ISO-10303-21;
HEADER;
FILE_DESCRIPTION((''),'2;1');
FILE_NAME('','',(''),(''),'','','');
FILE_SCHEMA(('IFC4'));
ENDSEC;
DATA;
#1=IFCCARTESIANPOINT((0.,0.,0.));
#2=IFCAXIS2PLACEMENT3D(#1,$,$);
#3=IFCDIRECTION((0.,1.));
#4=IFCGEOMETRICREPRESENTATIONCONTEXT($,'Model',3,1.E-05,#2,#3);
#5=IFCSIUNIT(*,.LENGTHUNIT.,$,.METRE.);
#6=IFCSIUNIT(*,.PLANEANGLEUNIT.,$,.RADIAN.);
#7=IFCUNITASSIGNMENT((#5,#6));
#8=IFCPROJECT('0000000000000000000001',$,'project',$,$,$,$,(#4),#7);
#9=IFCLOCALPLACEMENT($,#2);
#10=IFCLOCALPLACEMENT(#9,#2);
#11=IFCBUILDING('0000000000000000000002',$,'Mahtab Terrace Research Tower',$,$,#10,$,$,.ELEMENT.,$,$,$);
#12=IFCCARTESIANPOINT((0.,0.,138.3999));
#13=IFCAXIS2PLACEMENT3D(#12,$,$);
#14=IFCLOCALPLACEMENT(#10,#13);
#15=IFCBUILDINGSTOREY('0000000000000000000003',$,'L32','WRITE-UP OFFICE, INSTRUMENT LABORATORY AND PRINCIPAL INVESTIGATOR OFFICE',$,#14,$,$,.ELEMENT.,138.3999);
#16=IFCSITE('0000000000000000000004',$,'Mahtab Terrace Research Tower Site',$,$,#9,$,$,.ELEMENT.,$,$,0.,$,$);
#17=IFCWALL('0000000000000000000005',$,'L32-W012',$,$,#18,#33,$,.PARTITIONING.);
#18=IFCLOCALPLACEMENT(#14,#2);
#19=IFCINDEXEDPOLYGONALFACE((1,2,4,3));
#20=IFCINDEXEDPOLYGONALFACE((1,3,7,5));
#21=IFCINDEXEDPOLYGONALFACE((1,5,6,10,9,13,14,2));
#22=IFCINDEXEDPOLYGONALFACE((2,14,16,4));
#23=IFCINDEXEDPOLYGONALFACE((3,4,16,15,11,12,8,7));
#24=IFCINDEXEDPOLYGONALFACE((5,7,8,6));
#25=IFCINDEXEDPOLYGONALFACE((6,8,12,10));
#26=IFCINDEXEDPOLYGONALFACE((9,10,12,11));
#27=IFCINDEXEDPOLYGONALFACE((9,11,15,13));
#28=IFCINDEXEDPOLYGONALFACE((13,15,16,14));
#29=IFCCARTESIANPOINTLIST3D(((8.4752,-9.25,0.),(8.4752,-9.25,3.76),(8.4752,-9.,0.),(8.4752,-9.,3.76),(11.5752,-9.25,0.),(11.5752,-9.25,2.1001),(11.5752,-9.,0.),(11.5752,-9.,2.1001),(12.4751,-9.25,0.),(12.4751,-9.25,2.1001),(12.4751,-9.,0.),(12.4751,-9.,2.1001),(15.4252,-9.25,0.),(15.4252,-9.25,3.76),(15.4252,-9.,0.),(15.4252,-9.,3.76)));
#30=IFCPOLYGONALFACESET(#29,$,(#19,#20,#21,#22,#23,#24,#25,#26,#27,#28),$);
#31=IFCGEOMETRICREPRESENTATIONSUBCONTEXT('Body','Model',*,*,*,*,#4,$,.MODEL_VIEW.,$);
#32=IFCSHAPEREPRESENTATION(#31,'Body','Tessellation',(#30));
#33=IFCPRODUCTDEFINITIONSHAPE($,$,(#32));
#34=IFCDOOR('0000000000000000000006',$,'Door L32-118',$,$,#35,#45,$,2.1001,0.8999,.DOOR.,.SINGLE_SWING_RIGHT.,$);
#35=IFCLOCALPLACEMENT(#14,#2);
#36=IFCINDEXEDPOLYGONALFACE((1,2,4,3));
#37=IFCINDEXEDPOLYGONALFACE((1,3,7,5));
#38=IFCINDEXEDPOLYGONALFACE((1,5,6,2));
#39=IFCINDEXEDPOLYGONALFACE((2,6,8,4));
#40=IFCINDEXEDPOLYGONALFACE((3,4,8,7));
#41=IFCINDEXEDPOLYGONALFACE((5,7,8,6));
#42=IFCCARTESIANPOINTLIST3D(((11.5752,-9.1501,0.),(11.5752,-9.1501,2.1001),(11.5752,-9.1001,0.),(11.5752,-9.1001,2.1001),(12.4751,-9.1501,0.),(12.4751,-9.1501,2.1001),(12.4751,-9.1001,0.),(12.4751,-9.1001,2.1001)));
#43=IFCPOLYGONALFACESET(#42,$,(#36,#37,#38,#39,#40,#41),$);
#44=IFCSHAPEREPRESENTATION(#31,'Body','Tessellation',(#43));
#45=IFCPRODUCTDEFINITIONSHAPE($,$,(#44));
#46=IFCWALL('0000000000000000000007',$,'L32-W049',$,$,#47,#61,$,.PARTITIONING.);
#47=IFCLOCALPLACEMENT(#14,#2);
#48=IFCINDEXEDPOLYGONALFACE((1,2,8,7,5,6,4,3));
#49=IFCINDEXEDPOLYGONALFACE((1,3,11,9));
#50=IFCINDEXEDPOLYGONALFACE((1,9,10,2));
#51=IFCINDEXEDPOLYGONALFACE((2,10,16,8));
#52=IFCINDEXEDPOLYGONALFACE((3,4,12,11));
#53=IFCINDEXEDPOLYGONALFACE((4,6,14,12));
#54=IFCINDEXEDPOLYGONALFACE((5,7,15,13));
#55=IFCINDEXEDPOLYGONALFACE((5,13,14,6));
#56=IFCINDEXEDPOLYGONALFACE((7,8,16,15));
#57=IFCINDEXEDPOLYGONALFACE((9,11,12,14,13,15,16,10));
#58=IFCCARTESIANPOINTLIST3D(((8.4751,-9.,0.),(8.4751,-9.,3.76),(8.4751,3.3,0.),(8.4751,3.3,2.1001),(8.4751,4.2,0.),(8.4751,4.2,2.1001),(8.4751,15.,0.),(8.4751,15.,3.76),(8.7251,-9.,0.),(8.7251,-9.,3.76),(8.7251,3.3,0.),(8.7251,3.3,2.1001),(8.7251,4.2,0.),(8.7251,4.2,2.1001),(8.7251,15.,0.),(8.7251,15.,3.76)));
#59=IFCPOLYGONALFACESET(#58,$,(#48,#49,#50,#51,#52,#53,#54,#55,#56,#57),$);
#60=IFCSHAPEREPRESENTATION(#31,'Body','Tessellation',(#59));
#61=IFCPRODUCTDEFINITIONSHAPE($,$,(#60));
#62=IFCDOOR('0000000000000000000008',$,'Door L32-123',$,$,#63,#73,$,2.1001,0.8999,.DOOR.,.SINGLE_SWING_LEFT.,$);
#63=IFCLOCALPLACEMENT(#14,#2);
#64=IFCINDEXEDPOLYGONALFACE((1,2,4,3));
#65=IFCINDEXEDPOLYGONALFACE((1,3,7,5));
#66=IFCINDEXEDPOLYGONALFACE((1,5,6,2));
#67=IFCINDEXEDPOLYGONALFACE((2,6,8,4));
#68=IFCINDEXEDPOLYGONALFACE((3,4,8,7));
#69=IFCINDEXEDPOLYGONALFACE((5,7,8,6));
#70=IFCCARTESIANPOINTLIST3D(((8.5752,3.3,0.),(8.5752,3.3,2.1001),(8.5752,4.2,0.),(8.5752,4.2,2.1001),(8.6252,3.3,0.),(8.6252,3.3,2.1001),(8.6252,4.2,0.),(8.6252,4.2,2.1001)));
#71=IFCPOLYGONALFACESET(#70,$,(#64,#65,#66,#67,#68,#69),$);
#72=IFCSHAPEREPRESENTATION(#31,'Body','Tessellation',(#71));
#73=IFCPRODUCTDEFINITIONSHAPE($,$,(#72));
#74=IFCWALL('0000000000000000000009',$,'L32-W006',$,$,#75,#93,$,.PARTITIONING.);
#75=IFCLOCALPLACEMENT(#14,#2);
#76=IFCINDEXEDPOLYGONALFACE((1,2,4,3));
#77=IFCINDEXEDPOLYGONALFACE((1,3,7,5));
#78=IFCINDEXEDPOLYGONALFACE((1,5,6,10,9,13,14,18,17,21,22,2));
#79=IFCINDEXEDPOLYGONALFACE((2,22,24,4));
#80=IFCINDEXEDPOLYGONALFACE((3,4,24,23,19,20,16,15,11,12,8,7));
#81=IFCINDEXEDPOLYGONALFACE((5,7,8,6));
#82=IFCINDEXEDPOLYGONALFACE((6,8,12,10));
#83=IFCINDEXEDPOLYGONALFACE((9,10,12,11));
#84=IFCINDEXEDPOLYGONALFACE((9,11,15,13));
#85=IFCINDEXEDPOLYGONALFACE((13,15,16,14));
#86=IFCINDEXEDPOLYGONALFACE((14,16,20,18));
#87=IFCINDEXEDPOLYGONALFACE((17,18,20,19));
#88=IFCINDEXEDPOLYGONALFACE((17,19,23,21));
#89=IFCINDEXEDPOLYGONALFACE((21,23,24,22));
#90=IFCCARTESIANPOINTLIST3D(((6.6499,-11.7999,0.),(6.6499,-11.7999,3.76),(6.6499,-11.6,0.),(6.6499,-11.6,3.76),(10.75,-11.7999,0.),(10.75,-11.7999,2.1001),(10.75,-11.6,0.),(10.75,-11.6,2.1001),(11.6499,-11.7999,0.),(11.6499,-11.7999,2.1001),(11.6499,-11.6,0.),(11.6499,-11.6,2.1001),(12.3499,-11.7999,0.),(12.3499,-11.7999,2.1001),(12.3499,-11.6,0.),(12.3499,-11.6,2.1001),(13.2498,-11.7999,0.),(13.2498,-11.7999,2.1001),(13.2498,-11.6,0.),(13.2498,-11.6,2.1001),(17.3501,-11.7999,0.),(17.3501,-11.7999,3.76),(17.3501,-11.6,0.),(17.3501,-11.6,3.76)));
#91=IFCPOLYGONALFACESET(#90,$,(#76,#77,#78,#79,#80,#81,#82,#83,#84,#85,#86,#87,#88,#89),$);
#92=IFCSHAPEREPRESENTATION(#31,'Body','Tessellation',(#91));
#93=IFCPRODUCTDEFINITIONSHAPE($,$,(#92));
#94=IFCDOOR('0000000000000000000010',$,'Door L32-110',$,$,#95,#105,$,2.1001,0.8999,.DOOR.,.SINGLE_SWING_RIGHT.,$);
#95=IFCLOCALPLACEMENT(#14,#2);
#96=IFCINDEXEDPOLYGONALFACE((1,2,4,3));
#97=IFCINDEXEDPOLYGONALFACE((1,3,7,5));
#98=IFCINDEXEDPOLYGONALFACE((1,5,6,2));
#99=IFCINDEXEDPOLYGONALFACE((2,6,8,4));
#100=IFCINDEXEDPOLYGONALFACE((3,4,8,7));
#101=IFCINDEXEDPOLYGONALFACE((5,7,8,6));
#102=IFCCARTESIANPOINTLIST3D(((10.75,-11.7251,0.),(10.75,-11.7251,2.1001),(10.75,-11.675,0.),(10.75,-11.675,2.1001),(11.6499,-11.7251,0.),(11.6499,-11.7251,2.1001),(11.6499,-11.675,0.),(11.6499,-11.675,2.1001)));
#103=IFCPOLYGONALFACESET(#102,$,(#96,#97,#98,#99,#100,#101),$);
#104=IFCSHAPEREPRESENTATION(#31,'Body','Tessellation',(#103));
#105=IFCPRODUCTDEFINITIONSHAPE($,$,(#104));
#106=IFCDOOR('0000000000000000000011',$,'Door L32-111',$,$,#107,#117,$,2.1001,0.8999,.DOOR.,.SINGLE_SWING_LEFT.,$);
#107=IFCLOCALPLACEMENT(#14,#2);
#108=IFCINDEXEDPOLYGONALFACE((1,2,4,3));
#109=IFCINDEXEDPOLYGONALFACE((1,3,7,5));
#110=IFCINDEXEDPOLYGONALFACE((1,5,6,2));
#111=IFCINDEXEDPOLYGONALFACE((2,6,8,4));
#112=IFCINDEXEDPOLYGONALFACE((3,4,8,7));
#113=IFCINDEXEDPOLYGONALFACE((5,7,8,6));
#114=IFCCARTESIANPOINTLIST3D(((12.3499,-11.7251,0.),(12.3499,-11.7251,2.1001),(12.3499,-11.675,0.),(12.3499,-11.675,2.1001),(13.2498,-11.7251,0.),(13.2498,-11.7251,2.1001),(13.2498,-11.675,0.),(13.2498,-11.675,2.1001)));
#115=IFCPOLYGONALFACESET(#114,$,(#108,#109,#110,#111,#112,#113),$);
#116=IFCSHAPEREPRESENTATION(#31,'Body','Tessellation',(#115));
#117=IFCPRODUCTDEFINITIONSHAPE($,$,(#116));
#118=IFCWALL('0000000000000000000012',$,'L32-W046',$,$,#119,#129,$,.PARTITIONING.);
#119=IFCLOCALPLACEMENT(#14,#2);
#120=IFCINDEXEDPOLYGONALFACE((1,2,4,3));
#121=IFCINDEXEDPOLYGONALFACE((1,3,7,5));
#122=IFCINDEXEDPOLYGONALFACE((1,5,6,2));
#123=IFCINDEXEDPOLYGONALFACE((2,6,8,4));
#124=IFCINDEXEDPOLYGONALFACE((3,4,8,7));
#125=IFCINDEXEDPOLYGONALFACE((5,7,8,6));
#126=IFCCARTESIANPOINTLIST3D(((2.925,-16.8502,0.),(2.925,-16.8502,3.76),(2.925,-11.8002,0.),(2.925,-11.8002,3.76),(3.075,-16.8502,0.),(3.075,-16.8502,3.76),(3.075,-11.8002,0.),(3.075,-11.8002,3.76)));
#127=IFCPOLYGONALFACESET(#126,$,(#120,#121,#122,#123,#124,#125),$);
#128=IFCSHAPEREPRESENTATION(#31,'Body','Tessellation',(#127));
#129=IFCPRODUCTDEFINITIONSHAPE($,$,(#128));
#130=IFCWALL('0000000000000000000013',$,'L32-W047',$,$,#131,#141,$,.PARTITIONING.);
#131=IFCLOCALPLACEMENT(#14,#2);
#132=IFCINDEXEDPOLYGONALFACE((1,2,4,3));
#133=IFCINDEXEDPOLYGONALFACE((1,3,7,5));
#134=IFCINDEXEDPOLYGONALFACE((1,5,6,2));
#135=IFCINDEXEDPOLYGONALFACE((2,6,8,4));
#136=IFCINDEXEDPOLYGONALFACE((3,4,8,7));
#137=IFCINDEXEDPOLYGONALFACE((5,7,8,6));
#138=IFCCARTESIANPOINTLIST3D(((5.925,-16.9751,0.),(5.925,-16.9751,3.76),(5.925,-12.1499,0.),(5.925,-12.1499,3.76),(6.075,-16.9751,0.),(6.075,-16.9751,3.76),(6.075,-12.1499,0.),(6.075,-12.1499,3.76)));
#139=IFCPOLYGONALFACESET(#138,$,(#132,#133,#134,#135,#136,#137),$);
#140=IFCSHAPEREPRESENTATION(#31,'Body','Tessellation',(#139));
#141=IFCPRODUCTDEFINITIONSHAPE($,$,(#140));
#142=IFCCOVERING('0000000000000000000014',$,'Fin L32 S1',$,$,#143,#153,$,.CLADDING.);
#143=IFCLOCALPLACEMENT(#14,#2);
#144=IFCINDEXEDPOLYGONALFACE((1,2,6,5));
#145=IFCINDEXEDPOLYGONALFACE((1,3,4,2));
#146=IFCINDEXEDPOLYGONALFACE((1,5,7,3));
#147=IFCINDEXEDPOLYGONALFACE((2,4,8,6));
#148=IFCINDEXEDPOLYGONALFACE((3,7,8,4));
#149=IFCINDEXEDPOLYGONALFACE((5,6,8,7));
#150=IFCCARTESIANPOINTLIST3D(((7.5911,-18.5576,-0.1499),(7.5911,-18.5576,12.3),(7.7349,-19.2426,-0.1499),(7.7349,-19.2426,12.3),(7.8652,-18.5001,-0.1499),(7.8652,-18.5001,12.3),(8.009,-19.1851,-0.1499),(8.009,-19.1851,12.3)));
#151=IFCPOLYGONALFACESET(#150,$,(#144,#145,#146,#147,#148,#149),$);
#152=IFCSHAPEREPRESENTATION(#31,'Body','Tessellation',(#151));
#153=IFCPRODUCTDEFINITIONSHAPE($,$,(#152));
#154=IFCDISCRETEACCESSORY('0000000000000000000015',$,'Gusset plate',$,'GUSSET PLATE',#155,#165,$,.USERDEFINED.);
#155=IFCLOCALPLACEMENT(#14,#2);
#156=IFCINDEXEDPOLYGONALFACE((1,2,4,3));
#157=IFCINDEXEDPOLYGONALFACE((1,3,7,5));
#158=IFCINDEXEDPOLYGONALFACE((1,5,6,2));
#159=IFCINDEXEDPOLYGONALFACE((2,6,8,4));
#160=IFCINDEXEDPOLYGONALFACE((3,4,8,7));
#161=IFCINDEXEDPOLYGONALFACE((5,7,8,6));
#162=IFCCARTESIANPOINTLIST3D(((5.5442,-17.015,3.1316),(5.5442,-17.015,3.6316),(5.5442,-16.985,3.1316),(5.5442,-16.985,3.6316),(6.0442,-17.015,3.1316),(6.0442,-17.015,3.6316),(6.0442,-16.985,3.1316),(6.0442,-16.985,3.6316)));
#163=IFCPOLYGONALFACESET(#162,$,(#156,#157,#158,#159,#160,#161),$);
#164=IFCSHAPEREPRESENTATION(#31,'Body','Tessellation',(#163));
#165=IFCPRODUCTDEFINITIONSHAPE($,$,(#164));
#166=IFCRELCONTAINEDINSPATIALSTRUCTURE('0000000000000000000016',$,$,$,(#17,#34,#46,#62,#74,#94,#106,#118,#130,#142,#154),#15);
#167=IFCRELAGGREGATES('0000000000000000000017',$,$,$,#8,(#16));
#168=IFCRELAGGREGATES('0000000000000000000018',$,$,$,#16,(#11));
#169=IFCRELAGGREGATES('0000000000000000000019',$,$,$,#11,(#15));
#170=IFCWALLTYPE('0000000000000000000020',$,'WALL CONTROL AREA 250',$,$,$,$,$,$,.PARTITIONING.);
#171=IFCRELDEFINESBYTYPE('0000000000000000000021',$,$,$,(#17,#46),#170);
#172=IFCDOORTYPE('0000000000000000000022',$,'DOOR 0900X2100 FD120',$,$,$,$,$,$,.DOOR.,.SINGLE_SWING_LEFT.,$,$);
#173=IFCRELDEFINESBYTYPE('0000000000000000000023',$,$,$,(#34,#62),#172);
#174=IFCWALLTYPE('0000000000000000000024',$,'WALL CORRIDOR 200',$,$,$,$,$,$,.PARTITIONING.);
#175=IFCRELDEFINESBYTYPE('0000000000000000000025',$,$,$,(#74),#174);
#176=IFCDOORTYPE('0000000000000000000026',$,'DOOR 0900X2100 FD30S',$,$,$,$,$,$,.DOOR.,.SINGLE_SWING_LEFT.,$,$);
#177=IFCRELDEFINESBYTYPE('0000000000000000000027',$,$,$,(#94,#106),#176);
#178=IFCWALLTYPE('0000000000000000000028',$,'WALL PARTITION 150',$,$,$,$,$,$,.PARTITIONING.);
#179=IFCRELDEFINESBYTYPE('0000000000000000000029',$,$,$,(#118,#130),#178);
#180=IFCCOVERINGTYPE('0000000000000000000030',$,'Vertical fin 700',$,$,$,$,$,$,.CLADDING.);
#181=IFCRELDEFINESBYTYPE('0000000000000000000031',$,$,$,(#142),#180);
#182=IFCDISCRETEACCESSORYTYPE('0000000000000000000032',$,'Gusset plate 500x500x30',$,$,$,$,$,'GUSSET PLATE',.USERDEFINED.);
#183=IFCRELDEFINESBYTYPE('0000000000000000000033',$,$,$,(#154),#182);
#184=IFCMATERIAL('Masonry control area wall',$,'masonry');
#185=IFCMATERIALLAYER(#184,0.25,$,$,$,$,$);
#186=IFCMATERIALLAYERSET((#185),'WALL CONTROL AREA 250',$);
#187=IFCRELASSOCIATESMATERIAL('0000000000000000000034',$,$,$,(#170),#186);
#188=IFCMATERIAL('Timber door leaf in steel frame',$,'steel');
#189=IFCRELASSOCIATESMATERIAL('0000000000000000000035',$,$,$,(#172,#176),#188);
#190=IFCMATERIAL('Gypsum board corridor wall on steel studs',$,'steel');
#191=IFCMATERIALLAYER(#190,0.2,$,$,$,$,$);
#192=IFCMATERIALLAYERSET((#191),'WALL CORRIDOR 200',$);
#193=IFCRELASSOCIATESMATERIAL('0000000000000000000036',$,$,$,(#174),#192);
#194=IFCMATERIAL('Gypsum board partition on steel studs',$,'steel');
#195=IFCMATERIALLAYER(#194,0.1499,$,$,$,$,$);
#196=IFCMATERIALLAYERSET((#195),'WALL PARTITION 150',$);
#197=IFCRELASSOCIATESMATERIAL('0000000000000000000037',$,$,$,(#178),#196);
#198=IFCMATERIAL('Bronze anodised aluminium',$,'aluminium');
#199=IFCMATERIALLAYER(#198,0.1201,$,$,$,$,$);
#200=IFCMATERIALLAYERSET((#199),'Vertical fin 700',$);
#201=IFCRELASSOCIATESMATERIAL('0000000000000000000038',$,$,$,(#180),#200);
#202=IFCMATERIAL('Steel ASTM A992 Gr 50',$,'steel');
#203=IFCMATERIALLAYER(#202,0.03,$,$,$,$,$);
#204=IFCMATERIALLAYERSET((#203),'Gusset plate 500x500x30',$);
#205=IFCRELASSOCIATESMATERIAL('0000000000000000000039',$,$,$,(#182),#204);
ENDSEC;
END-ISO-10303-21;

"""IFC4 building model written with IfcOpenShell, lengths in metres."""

from ifc_helpers import new_model, si_unit, direction, frame, frame_2d, origin, origin_2d, place, context, subcontext, project, spatial, rectangle, extrude, material, layer, layer_set, type_object, element, fill, save


model = new_model("IFC4")

# Units and contexts
model_context = context("Model", 3, precision=1e-05, world=origin(), true_north=direction((0.0, 1.0)))
body_context = subcontext(model_context, "Body", "Model", "MODEL_VIEW")
ifc_project = project(units=[si_unit("LENGTHUNIT", "METRE"), si_unit("PLANEANGLEUNIT", "RADIAN")], contexts=[model_context])

# Site, building, storey
site_placement = place(None, origin())
site = spatial("IfcSite", under=ifc_project, at=site_placement, Name="Mahtab Terrace Research Tower Site", CompositionType="ELEMENT", RefElevation=0.0)
building_placement = place(site_placement, origin())
building = spatial("IfcBuilding", under=site, at=building_placement, Name="Mahtab Terrace Research Tower", CompositionType="ELEMENT")
storey_placement = place(building_placement, frame((0.0, 0.0, 138.3999)))
storey = spatial("IfcBuildingStorey", under=building, at=storey_placement, Name="L32", Description="WRITE-UP OFFICE, INSTRUMENT LABORATORY AND PRINCIPAL INVESTIGATOR OFFICE", CompositionType="ELEMENT", Elevation=138.3999)

# Shared definitions
ifc_material_1 = material(Name="Steel ASTM A992 Gr 50", Category="steel")

# Walls, openings, doors
ifc_material_2 = material(Name="Masonry control area wall", Category="masonry")
ifc_layer_1 = layer(ifc_material_2, 0.25)
ifc_layer_set_1 = layer_set([ifc_layer_1], Name="WALL CONTROL AREA 250")
wall_type_1 = type_object("IfcWallType", Name="WALL CONTROL AREA 250", PredefinedType="PARTITIONING", material=ifc_layer_set_1)
wall_1_placement = place(storey_placement, frame((8.4751, -9.125, 0.0), z_axis=(0.0, 0.0, 1.0), x_axis=(1.0, 0.0, 0.0)))
wall_1 = element("IfcWall", 1, at=wall_1_placement, inside=storey, type_object=wall_type_1, Name="L32-W012", PredefinedType="PARTITIONING", context=body_context, shape_type="SweptSolid", body=[
    extrude(rectangle(XDim=6.95, YDim=0.25, at=frame_2d((3.4751, 0.0))), origin(), (0.0, 0.0, 1.0), 3.76),
])
opening_1_placement = place(wall_1_placement, frame((3.1001, 0.0, 0.0)))
opening_1 = element("IfcOpeningElement", 2, at=opening_1_placement, cuts=wall_1, PredefinedType="OPENING", context=body_context, shape_type="SweptSolid", body=[
    extrude(rectangle(XDim=0.8999, YDim=2.1001, at=frame_2d((0.45, 1.05))), frame((0.0, 0.135, 0.0), z_axis=(0.0, -1.0, 0.0), x_axis=(1.0, 0.0, 0.0)), (0.0, 0.0, 1.0), 0.27),
])
ifc_material_3 = material(Name="Timber door leaf in steel frame", Category="steel")
door_type_1 = type_object("IfcDoorType", Name="DOOR 0900X2100 FD120", OperationType="SINGLE_SWING_LEFT", PredefinedType="DOOR", material=ifc_material_3)
door_1_placement = place(opening_1_placement, origin())
door_1 = element("IfcDoor", 3, at=door_1_placement, inside=storey, type_object=door_type_1, Name="Door L32-118", OperationType="SINGLE_SWING_RIGHT", OverallHeight=2.1001, OverallWidth=0.8999, PredefinedType="DOOR", context=body_context, shape_type="SweptSolid", body=[
    extrude(rectangle(XDim=0.8999, YDim=2.1001, at=frame_2d((0.45, 1.05))), frame((0.0, 0.0249, 0.0), z_axis=(0.0, -1.0, 0.0), x_axis=(1.0, 0.0, 0.0)), (0.0, 0.0, 1.0), 0.05),
])
fill(opening_1, door_1)
wall_2_placement = place(storey_placement, frame((8.6001, -9.0, 0.0), z_axis=(0.0, 0.0, 1.0), x_axis=(0.0, 1.0, 0.0)))
wall_2 = element("IfcWall", 4, at=wall_2_placement, inside=storey, type_object=wall_type_1, Name="L32-W049", PredefinedType="PARTITIONING", context=body_context, shape_type="SweptSolid", body=[
    extrude(rectangle(XDim=24.0, YDim=0.25, at=frame_2d((12.0, 0.0))), origin(), (0.0, 0.0, 1.0), 3.76),
])
opening_2_placement = place(wall_2_placement, frame((12.3, 0.0, 0.0)))
opening_2 = element("IfcOpeningElement", 5, at=opening_2_placement, cuts=wall_2, PredefinedType="OPENING", context=body_context, shape_type="SweptSolid", body=[
    extrude(rectangle(XDim=0.8999, YDim=2.1001, at=frame_2d((0.45, 1.05))), frame((0.0, 0.135, 0.0), z_axis=(0.0, -1.0, 0.0), x_axis=(1.0, 0.0, 0.0)), (0.0, 0.0, 1.0), 0.27),
])
door_2_placement = place(opening_2_placement, origin())
door_2 = element("IfcDoor", 6, at=door_2_placement, inside=storey, type_object=door_type_1, Name="Door L32-123", OperationType="SINGLE_SWING_LEFT", OverallHeight=2.1001, OverallWidth=0.8999, PredefinedType="DOOR", context=body_context, shape_type="SweptSolid", body=[
    extrude(rectangle(XDim=0.8999, YDim=2.1001, at=frame_2d((0.45, 1.05))), frame((0.0, 0.0249, 0.0), z_axis=(0.0, -1.0, 0.0), x_axis=(1.0, 0.0, 0.0)), (0.0, 0.0, 1.0), 0.05),
])
fill(opening_2, door_2)

# Wall, openings, doors
ifc_material_4 = material(Name="Gypsum board corridor wall on steel studs", Category="steel")
ifc_layer_2 = layer(ifc_material_4, 0.2)
ifc_layer_set_2 = layer_set([ifc_layer_2], Name="WALL CORRIDOR 200")
wall_type_2 = type_object("IfcWallType", Name="WALL CORRIDOR 200", PredefinedType="PARTITIONING", material=ifc_layer_set_2)
wall_3_placement = place(storey_placement, frame((6.6499, -11.7, 0.0), z_axis=(0.0, 0.0, 1.0), x_axis=(1.0, 0.0, 0.0)))
wall_3 = element("IfcWall", 7, at=wall_3_placement, inside=storey, type_object=wall_type_2, Name="L32-W006", PredefinedType="PARTITIONING", context=body_context, shape_type="SweptSolid", body=[
    extrude(rectangle(XDim=10.7002, YDim=0.2, at=frame_2d((5.3501, 0.0))), origin(), (0.0, 0.0, 1.0), 3.76),
])
opening_3_placement = place(wall_3_placement, frame((4.1001, 0.0, 0.0)))
opening_3 = element("IfcOpeningElement", 8, at=opening_3_placement, cuts=wall_3, PredefinedType="OPENING", context=body_context, shape_type="SweptSolid", body=[
    extrude(rectangle(XDim=0.8999, YDim=2.1001, at=frame_2d((0.45, 1.05))), frame((0.0, 0.1099, 0.0), z_axis=(0.0, -1.0, 0.0), x_axis=(1.0, 0.0, 0.0)), (0.0, 0.0, 1.0), 0.22),
])
opening_4_placement = place(wall_3_placement, frame((5.7, 0.0, 0.0)))
opening_4 = element("IfcOpeningElement", 9, at=opening_4_placement, cuts=wall_3, PredefinedType="OPENING", context=body_context, shape_type="SweptSolid", body=[
    extrude(rectangle(XDim=0.8999, YDim=2.1001, at=frame_2d((0.45, 1.05))), frame((0.0, 0.1099, 0.0), z_axis=(0.0, -1.0, 0.0), x_axis=(1.0, 0.0, 0.0)), (0.0, 0.0, 1.0), 0.22),
])
door_type_2 = type_object("IfcDoorType", Name="DOOR 0900X2100 FD30S", OperationType="SINGLE_SWING_LEFT", PredefinedType="DOOR", material=ifc_material_3)
door_3_placement = place(opening_3_placement, origin())
door_3 = element("IfcDoor", 10, at=door_3_placement, inside=storey, type_object=door_type_2, Name="Door L32-110", OperationType="SINGLE_SWING_RIGHT", OverallHeight=2.1001, OverallWidth=0.8999, PredefinedType="DOOR", context=body_context, shape_type="SweptSolid", body=[
    extrude(rectangle(XDim=0.8999, YDim=2.1001, at=frame_2d((0.45, 1.05))), frame((0.0, 0.0249, 0.0), z_axis=(0.0, -1.0, 0.0), x_axis=(1.0, 0.0, 0.0)), (0.0, 0.0, 1.0), 0.05),
])
fill(opening_3, door_3)
door_4_placement = place(opening_4_placement, origin())
door_4 = element("IfcDoor", 11, at=door_4_placement, inside=storey, type_object=door_type_2, Name="Door L32-111", OperationType="SINGLE_SWING_LEFT", OverallHeight=2.1001, OverallWidth=0.8999, PredefinedType="DOOR", context=body_context, shape_type="SweptSolid", body=[
    extrude(rectangle(XDim=0.8999, YDim=2.1001, at=frame_2d((0.45, 1.05))), frame((0.0, 0.0249, 0.0), z_axis=(0.0, -1.0, 0.0), x_axis=(1.0, 0.0, 0.0)), (0.0, 0.0, 1.0), 0.05),
])
fill(opening_4, door_4)

# Walls
ifc_material_5 = material(Name="Gypsum board partition on steel studs", Category="steel")
ifc_layer_3 = layer(ifc_material_5, 0.1499)
ifc_layer_set_3 = layer_set([ifc_layer_3], Name="WALL PARTITION 150")
wall_type_3 = type_object("IfcWallType", Name="WALL PARTITION 150", PredefinedType="PARTITIONING", material=ifc_layer_set_3)
wall_4_placement = place(storey_placement, frame((3.0, -16.8501, 0.0), z_axis=(0.0, 0.0, 1.0), x_axis=(0.0, 1.0, 0.0)))
element("IfcWall", 12, at=wall_4_placement, inside=storey, type_object=wall_type_3, Name="L32-W046", PredefinedType="PARTITIONING", context=body_context, shape_type="SweptSolid", body=[
    extrude(rectangle(XDim=5.05, YDim=0.1499, at=frame_2d((2.5249, 0.0))), origin(), (0.0, 0.0, 1.0), 3.76),
])
wall_5_placement = place(storey_placement, frame((6.0, -16.9751, 0.0), z_axis=(0.0, 0.0, 1.0), x_axis=(0.0, 1.0, 0.0)))
element("IfcWall", 13, at=wall_5_placement, inside=storey, type_object=wall_type_3, Name="L32-W047", PredefinedType="PARTITIONING", context=body_context, shape_type="SweptSolid", body=[
    extrude(rectangle(XDim=4.8252, YDim=0.1499, at=frame_2d((2.4126, 0.0))), origin(), (0.0, 0.0, 1.0), 3.76),
])

# Covering
ifc_material_6 = material(Name="Bronze anodised aluminium", Category="aluminium")
ifc_layer_4 = layer(ifc_material_6, 0.1201)
ifc_layer_set_4 = layer_set([ifc_layer_4], Name="Vertical fin 700")
covering_type = type_object("IfcCoveringType", Name="Vertical fin 700", PredefinedType="CLADDING", material=ifc_layer_set_4)
covering_placement = place(storey_placement, frame((7.8, -18.8713, -0.1499), z_axis=(0.0, 0.0, 1.0), x_axis=(0.978663, 0.205472, 0.0)))
element("IfcCovering", 14, at=covering_placement, inside=storey, type_object=covering_type, Name="Fin L32 S1", PredefinedType="CLADDING", context=body_context, shape_type="SweptSolid", body=[
    extrude(rectangle(XDim=0.28, YDim=0.7, at=origin_2d()), origin(), (0.0, 0.0, 1.0), 12.45),
])

# Discrete accessory
ifc_layer_5 = layer(ifc_material_1, 0.03)
ifc_layer_set_5 = layer_set([ifc_layer_5], Name="Gusset plate 500x500x30")
discrete_accessory_type = type_object("IfcDiscreteAccessoryType", Name="Gusset plate 500x500x30", ElementType="GUSSET PLATE", PredefinedType="USERDEFINED", material=ifc_layer_set_5)
discrete_accessory_placement = place(storey_placement, frame((5.7942, -17.0, 3.1316), z_axis=(0.0, 0.0, 1.0), x_axis=(1.0, 0.0, 0.0)))
element("IfcDiscreteAccessory", 15, at=discrete_accessory_placement, inside=storey, type_object=discrete_accessory_type, Name="Gusset plate", ObjectType="GUSSET PLATE", PredefinedType="USERDEFINED", context=body_context, shape_type="SweptSolid", body=[
    extrude(rectangle(XDim=0.5, YDim=0.03, at=origin_2d()), origin(), (0.0, 0.0, 1.0), 0.5),
])

save(model, "model.ifc")
